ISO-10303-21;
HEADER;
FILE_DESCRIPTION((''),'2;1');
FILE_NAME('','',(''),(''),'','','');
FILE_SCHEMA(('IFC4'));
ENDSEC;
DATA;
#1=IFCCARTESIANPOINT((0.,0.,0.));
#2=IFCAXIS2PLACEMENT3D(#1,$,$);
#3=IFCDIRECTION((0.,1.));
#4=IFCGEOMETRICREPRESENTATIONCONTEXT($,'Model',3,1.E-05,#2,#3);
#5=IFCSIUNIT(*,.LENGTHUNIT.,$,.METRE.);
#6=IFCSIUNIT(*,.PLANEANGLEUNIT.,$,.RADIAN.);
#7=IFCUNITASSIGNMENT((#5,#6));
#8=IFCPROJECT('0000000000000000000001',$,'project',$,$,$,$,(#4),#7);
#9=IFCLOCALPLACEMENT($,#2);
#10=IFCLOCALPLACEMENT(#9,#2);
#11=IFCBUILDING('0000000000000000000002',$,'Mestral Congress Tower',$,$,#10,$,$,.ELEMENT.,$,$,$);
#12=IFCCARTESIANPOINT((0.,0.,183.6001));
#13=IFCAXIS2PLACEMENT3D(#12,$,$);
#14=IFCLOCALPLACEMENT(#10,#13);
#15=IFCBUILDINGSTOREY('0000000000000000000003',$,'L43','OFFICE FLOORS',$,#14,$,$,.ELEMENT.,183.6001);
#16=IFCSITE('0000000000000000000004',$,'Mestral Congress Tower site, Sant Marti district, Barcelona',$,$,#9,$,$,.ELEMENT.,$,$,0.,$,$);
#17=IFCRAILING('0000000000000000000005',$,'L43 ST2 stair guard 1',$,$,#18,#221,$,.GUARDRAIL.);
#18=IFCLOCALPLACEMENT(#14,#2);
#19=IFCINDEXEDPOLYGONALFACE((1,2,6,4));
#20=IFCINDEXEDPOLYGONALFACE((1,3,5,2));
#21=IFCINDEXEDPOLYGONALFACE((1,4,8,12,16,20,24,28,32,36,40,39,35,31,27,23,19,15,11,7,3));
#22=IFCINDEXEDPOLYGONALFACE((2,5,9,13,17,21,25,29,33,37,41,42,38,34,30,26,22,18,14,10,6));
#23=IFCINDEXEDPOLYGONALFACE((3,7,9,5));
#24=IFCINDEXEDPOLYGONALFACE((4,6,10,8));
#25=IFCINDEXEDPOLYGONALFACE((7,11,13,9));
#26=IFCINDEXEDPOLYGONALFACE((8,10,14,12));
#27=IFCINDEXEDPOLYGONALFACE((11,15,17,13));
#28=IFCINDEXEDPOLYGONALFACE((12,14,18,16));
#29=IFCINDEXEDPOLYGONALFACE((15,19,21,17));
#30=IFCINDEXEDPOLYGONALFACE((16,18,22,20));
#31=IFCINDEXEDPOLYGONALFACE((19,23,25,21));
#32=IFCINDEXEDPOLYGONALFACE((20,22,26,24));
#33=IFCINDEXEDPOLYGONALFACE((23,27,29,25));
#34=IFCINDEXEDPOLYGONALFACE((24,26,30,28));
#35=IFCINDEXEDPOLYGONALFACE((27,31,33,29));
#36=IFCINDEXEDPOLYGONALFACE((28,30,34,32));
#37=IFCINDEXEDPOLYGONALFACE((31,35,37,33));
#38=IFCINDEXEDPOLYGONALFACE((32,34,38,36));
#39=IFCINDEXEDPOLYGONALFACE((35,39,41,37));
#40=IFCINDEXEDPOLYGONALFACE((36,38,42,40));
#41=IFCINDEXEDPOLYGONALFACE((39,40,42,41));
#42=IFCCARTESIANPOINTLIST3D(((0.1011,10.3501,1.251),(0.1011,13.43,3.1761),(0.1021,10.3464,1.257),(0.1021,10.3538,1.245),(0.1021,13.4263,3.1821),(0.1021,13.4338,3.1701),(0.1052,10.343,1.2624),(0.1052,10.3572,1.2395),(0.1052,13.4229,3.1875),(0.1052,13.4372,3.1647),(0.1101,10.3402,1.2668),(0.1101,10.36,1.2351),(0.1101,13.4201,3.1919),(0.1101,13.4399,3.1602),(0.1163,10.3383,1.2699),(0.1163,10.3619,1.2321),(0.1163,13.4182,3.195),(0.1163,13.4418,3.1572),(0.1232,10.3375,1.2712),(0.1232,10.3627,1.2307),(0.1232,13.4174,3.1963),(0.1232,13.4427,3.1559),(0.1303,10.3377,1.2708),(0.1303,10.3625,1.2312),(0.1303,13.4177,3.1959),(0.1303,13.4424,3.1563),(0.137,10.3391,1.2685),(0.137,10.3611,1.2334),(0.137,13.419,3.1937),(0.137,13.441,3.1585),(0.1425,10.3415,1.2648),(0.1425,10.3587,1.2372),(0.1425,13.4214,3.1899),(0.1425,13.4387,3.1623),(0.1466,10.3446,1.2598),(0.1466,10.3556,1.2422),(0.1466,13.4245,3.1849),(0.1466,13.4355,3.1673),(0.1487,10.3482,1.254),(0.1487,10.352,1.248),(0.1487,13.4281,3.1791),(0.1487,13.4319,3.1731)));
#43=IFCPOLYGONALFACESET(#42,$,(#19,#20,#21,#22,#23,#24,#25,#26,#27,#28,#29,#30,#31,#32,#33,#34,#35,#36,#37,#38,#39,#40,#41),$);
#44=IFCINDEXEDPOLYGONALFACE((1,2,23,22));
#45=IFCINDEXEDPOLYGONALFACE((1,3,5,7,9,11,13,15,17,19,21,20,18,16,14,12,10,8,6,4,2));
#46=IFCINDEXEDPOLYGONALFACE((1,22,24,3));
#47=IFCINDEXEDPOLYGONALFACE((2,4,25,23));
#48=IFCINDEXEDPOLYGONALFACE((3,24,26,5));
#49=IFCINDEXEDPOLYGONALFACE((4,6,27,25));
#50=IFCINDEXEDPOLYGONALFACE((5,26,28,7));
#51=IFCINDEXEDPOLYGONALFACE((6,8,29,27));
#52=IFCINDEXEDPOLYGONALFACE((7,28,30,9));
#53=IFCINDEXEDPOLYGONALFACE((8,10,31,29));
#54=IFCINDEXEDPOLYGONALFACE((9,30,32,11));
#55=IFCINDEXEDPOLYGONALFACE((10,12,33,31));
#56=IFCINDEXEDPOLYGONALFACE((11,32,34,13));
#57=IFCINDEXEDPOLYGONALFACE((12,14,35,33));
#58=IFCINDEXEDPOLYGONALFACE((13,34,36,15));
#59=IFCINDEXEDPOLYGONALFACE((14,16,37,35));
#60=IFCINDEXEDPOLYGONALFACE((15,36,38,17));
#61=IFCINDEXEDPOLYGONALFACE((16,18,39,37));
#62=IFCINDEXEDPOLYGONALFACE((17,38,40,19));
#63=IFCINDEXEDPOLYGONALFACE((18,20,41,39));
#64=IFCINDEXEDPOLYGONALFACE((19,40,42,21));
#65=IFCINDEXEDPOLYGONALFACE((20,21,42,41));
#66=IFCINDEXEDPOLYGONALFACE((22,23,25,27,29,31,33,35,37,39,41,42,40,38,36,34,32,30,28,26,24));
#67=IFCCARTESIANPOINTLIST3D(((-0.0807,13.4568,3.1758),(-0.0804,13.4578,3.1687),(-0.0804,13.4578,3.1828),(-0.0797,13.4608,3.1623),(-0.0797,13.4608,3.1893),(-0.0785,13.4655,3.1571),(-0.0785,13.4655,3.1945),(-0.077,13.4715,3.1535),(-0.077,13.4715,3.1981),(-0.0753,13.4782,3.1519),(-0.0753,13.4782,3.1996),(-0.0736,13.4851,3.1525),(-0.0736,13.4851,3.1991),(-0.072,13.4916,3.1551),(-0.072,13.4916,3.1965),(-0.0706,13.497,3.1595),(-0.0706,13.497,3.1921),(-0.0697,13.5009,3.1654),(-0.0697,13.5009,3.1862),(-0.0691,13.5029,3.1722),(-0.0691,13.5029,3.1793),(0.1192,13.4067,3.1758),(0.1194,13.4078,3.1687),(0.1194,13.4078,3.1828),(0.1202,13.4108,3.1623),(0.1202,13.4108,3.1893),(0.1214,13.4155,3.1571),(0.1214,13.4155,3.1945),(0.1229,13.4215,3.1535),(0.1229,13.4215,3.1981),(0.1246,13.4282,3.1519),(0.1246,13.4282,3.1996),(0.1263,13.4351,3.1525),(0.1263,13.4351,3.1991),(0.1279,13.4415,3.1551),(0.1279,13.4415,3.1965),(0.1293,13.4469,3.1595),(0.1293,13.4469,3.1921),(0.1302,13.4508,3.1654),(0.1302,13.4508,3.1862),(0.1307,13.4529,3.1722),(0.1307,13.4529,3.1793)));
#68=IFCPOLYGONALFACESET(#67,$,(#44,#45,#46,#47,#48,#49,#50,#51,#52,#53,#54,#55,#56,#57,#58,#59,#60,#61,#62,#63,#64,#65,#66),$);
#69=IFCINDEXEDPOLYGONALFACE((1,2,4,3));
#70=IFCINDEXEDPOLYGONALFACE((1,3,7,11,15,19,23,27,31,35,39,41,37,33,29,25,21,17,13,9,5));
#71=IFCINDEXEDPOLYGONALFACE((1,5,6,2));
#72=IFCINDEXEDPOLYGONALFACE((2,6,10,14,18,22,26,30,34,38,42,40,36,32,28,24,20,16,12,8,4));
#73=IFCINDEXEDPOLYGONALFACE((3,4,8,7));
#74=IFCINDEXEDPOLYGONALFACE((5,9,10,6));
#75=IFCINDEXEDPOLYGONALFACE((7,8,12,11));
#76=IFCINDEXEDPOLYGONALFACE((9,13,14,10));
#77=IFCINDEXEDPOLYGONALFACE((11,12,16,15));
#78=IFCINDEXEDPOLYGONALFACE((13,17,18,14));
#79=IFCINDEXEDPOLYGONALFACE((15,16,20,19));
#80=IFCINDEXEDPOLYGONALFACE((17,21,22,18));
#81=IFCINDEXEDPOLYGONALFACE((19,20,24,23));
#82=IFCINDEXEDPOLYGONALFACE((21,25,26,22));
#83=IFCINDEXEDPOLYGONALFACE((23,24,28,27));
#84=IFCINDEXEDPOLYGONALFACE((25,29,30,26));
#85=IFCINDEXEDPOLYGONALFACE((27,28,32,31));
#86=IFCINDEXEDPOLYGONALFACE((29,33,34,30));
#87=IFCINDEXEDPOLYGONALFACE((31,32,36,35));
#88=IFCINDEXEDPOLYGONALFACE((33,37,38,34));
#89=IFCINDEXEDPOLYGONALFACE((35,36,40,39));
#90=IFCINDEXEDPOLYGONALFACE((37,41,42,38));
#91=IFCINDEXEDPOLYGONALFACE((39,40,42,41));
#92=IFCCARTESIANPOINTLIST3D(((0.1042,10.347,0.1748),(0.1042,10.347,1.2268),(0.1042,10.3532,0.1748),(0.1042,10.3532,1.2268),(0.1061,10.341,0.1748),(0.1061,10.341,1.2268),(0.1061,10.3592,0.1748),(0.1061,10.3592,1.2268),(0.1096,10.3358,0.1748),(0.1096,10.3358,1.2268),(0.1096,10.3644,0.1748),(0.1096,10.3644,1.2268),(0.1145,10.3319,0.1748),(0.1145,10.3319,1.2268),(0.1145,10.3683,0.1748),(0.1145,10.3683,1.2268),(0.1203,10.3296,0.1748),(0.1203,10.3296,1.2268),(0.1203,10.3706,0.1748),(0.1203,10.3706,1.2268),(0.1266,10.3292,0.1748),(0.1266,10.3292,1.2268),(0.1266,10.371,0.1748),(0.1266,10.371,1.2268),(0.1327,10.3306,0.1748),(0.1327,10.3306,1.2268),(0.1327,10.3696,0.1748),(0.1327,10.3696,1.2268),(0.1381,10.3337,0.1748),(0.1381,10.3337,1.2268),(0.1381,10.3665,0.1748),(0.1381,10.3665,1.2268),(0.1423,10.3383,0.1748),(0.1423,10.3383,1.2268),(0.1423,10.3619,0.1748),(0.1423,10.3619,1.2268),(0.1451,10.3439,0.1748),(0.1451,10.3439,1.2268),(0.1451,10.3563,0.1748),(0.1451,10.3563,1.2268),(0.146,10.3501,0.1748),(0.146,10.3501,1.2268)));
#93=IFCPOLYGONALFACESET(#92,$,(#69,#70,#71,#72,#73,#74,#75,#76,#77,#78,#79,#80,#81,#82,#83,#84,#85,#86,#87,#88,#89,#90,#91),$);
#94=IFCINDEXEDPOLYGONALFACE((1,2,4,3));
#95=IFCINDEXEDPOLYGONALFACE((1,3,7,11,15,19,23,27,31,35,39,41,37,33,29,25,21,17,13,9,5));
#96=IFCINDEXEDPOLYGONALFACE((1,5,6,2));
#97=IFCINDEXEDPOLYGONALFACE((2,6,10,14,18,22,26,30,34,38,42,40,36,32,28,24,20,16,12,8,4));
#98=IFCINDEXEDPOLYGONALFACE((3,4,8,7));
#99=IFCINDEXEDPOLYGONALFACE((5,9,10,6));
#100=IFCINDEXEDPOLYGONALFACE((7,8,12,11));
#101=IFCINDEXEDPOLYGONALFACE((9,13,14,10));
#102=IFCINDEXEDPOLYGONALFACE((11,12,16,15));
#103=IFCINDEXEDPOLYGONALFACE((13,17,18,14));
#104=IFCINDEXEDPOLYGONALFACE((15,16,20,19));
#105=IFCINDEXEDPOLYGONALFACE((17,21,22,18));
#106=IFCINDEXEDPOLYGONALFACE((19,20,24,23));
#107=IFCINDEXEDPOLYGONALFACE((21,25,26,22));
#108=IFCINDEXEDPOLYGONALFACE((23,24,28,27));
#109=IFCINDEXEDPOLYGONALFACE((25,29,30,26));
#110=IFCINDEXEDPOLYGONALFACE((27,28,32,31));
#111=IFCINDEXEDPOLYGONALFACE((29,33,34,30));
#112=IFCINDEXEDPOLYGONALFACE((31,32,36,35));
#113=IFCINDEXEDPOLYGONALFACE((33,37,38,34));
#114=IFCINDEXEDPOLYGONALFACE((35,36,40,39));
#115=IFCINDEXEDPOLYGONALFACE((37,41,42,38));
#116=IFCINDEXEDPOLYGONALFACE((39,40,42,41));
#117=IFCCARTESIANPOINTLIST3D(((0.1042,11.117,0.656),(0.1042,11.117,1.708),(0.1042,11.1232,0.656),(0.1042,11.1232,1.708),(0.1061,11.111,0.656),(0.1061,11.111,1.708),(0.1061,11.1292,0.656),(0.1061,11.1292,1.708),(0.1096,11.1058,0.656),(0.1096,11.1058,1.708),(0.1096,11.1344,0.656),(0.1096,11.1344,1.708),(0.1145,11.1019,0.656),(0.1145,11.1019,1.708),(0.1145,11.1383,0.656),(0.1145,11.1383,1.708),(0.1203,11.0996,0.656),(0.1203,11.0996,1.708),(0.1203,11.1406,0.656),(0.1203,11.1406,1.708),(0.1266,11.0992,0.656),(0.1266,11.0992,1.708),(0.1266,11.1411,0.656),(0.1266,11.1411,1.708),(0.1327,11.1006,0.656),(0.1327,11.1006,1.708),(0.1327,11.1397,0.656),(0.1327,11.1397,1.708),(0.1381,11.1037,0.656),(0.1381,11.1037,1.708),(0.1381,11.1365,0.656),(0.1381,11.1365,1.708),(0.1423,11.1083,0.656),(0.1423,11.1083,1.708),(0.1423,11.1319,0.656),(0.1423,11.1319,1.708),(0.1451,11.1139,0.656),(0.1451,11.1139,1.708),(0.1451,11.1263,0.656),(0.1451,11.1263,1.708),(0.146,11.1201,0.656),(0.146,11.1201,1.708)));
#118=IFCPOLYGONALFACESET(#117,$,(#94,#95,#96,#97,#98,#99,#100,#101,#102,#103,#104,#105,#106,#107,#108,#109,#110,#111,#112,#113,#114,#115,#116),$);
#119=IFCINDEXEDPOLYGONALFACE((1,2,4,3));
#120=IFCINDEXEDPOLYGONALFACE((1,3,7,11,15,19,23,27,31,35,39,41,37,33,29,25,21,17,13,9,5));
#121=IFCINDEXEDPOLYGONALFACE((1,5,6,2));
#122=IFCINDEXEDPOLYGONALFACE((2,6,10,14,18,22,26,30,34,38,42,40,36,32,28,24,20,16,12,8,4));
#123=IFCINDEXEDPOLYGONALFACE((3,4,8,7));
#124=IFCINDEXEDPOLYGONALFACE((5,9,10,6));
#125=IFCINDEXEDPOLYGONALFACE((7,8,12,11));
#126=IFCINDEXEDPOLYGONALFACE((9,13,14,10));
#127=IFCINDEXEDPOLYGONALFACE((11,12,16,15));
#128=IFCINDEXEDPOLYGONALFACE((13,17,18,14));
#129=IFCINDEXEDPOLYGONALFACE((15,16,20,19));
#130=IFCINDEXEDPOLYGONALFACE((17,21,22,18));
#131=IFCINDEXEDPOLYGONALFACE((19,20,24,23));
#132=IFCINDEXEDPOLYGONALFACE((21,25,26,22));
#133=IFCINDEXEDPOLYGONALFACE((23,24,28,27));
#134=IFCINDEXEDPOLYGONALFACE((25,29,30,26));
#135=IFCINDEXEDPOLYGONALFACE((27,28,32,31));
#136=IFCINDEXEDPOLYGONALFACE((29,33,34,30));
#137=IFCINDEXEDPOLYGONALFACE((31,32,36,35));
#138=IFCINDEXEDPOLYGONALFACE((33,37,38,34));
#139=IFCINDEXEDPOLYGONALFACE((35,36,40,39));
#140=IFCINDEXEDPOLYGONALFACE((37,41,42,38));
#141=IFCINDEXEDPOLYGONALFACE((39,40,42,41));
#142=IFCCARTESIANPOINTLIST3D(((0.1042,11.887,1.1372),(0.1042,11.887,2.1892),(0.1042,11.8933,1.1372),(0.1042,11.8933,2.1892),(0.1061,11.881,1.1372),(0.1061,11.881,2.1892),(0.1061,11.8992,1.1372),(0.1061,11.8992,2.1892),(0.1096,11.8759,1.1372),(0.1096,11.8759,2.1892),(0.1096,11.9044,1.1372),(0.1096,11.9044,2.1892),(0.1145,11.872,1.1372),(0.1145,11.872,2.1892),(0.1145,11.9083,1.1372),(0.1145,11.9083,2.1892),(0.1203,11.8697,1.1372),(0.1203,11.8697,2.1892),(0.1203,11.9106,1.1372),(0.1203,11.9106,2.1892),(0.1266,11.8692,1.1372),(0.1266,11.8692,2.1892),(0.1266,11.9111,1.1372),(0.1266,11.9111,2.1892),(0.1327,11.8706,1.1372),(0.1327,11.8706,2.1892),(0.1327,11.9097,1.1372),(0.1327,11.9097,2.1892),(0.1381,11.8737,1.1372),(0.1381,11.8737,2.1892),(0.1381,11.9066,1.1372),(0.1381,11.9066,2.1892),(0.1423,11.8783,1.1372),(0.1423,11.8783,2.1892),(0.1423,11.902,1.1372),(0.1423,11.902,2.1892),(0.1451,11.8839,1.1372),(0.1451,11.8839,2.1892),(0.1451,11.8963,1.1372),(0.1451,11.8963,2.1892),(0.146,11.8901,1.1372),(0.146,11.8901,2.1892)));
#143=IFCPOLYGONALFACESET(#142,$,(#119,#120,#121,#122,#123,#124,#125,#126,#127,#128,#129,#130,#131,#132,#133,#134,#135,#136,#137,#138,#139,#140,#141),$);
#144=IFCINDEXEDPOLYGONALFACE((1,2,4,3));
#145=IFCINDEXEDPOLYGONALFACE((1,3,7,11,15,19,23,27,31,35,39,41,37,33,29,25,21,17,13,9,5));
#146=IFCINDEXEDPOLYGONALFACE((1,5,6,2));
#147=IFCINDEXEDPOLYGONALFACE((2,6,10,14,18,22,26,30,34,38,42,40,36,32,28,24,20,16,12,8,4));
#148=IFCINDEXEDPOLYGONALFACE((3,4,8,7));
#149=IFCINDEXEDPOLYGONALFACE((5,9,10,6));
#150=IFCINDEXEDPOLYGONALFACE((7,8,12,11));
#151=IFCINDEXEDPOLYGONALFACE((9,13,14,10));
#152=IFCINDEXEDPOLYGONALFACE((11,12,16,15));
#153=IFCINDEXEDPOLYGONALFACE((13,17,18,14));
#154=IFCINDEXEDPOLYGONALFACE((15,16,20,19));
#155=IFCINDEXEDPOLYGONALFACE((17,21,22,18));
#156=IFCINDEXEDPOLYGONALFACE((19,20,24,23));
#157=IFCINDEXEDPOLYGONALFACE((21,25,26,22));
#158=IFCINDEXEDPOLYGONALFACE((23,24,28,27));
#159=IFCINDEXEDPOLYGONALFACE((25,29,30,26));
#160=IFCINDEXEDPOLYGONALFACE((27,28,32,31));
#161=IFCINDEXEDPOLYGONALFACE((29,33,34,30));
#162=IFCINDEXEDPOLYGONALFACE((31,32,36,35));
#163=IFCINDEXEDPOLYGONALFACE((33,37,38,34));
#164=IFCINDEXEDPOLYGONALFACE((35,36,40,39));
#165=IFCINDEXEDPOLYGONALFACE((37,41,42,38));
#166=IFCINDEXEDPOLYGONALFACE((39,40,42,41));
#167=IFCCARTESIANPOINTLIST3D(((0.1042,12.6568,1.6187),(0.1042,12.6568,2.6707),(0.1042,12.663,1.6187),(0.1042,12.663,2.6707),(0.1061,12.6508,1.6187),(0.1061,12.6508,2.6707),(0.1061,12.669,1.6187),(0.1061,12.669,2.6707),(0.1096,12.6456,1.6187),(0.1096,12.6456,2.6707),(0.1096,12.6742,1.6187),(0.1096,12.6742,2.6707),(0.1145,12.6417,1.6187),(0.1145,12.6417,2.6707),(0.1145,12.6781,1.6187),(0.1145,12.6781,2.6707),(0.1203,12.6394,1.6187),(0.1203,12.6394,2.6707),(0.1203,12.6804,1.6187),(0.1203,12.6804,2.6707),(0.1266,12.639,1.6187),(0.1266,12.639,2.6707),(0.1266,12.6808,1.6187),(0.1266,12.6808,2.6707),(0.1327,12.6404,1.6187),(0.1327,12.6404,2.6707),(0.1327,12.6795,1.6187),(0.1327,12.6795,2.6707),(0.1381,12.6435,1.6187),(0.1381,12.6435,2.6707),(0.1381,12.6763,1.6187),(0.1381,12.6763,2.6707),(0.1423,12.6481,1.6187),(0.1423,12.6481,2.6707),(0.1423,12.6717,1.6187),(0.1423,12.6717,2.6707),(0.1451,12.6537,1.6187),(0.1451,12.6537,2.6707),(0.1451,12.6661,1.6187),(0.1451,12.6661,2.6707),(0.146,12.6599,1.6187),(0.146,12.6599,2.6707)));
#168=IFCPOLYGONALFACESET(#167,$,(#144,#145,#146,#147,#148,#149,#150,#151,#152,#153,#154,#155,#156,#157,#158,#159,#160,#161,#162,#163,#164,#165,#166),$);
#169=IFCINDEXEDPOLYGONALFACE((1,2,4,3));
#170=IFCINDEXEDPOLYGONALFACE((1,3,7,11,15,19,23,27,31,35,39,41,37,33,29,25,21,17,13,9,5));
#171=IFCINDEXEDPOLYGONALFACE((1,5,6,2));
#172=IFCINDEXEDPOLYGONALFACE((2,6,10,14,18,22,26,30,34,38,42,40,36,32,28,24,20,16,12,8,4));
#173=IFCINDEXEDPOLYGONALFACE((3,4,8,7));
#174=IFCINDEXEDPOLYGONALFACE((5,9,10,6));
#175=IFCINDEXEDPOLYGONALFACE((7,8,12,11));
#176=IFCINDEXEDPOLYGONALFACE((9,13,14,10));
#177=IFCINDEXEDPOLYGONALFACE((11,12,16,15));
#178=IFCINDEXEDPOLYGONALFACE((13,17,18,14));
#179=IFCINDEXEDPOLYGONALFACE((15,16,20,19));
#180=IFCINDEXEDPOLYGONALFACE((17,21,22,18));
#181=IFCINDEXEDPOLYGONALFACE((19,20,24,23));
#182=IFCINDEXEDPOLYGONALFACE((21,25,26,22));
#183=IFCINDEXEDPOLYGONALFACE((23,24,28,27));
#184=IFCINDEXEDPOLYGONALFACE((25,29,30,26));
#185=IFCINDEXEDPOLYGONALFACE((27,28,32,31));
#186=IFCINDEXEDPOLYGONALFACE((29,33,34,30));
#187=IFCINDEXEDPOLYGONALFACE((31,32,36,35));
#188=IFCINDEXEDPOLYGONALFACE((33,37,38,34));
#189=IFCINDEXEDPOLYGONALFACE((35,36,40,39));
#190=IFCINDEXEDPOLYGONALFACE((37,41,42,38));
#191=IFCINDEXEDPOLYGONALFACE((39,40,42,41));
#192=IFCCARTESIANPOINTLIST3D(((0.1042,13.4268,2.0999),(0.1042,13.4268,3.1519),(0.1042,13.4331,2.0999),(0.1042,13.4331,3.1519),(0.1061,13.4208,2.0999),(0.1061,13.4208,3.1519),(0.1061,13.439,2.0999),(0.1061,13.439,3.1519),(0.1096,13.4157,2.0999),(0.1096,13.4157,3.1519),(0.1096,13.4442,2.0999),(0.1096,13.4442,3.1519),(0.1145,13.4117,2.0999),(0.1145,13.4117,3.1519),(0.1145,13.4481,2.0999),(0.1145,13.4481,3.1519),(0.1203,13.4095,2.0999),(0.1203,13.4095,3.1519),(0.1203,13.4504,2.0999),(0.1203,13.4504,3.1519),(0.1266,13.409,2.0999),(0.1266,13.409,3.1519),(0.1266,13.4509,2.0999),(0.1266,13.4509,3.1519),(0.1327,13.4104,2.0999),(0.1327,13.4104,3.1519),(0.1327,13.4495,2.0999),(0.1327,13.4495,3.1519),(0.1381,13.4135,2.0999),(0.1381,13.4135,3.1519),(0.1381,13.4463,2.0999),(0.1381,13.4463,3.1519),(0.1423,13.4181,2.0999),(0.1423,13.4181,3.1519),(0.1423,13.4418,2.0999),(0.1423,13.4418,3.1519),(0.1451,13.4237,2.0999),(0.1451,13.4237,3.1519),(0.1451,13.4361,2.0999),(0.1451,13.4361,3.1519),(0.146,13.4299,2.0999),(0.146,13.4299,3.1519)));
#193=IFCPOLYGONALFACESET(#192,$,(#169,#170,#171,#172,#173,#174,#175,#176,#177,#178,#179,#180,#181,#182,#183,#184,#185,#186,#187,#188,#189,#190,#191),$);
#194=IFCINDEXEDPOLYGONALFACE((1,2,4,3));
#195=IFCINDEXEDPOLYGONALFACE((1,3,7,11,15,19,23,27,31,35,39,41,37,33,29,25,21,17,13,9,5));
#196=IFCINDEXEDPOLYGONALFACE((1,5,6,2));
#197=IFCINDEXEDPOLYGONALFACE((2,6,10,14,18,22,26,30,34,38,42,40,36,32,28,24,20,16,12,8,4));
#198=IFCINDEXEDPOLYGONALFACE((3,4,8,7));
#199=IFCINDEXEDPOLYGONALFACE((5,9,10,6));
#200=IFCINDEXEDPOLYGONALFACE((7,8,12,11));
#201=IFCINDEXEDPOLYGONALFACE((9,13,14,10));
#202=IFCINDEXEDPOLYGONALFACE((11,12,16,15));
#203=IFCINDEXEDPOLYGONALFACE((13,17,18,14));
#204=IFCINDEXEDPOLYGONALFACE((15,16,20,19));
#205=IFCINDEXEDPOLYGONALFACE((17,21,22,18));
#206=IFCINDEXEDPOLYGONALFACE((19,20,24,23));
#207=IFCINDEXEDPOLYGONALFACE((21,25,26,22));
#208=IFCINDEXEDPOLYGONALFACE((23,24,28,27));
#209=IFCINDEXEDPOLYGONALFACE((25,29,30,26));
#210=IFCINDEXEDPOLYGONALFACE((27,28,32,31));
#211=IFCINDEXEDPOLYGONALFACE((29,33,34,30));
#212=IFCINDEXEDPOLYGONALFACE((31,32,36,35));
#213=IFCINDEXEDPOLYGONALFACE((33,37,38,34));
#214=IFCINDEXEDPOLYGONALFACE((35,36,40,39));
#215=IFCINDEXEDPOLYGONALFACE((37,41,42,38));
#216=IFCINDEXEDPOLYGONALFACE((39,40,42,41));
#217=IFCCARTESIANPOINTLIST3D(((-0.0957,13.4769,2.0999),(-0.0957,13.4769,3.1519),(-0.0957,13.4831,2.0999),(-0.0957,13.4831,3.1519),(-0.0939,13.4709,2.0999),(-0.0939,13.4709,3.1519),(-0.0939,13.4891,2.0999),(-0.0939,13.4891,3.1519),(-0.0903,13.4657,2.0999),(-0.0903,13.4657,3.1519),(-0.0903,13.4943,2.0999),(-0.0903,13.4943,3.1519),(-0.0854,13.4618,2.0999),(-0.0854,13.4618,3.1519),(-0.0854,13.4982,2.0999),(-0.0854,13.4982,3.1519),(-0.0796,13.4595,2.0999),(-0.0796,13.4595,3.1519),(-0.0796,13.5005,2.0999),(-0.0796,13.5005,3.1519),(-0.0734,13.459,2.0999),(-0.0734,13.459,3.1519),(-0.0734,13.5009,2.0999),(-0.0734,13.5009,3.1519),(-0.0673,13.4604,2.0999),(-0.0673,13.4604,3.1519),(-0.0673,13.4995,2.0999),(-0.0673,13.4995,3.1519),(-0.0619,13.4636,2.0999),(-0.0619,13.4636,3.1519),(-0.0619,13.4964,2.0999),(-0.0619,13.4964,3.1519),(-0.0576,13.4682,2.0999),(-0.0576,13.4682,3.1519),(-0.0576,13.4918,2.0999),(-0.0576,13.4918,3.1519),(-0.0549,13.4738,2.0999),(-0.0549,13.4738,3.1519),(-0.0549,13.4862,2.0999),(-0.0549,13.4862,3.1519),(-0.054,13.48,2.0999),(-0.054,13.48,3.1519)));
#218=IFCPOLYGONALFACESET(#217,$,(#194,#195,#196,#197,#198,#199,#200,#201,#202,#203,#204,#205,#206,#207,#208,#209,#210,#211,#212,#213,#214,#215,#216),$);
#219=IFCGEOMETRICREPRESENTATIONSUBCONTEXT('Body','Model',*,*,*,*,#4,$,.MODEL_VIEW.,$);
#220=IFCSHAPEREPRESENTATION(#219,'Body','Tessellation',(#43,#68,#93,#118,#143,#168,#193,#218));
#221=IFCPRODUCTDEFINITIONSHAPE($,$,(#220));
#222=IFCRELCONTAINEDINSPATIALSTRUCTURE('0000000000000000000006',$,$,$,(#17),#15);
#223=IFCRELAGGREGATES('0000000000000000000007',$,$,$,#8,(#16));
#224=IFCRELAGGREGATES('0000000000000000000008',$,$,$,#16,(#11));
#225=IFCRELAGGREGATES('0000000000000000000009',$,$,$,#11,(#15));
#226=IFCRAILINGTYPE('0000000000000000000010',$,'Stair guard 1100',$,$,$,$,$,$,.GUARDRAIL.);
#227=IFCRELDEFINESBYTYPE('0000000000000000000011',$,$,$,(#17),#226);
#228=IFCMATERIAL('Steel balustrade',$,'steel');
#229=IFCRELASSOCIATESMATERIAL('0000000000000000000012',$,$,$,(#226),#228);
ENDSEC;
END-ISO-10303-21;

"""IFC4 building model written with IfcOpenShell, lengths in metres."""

from ifc_helpers import new_model, si_unit, direction, frame, origin, origin_2d, place, context, subcontext, project, spatial, circle, extrude, material, type_object, element, save


model = new_model("IFC4")

# Units and contexts
model_context = context("Model", 3, precision=1e-05, world=origin(), true_north=direction((0.0, 1.0)))
body_context = subcontext(model_context, "Body", "Model", "MODEL_VIEW")
ifc_project = project(units=[si_unit("LENGTHUNIT", "METRE"), si_unit("PLANEANGLEUNIT", "RADIAN")], contexts=[model_context])

# Site, building, storey
site_placement = place(None, origin())
site = spatial("IfcSite", under=ifc_project, at=site_placement, Name="Mestral Congress Tower site, Sant Marti district, Barcelona", CompositionType="ELEMENT", RefElevation=0.0)
building_placement = place(site_placement, origin())
building = spatial("IfcBuilding", under=site, at=building_placement, Name="Mestral Congress Tower", CompositionType="ELEMENT")
storey_placement = place(building_placement, frame((0.0, 0.0, 183.6001)))
storey = spatial("IfcBuildingStorey", under=building, at=storey_placement, Name="L43", Description="OFFICE FLOORS", CompositionType="ELEMENT", Elevation=183.6001)

# Railing
ifc_material_1 = material(Name="Steel balustrade", Category="steel")
railing_type_1 = type_object("IfcRailingType", Name="Stair guard 1100", PredefinedType="GUARDRAIL", material=ifc_material_1)
railing_1_placement = place(storey_placement, frame((0.125, 10.3501, 0.1748)))
element("IfcRailing", 1, at=railing_1_placement, inside=storey, type_object=railing_type_1, Name="L43 ST2 stair guard 1", PredefinedType="GUARDRAIL", context=body_context, shape_type="SweptSolid", body=[
    extrude(circle(Radius=0.0239, at=origin_2d()), frame((0.0, 0.0, 1.0762), z_axis=(0.0, 0.847979, 0.530029), x_axis=(-1.0, 0.0, 0.0)), (0.0, 0.0, 1.0), 3.6321),
    extrude(circle(Radius=0.0239, at=origin_2d()), frame((0.0, 3.0798, 3.001), z_axis=(-0.970073, 0.242814, 0.0), x_axis=(-0.242814, -0.970073, 0.0)), (0.0, 0.0, 1.0), 0.2061),
    extrude(circle(Radius=0.021, at=origin_2d()), origin(), (0.0, 0.0, 1.0), 1.052),
    extrude(circle(Radius=0.021, at=origin_2d()), frame((0.0, 0.77, 0.4812)), (0.0, 0.0, 1.0), 1.052),
    extrude(circle(Radius=0.021, at=origin_2d()), frame((0.0, 1.54, 0.9624)), (0.0, 0.0, 1.0), 1.052),
    extrude(circle(Radius=0.021, at=origin_2d()), frame((0.0, 2.3098, 1.4438)), (0.0, 0.0, 1.0), 1.052),
    extrude(circle(Radius=0.021, at=origin_2d()), frame((0.0, 3.0798, 1.925)), (0.0, 0.0, 1.0), 1.052),
    extrude(circle(Radius=0.021, at=origin_2d()), frame((-0.2, 3.1299, 1.925)), (0.0, 0.0, 1.0), 1.052),
])

save(model, "model.ifc")
